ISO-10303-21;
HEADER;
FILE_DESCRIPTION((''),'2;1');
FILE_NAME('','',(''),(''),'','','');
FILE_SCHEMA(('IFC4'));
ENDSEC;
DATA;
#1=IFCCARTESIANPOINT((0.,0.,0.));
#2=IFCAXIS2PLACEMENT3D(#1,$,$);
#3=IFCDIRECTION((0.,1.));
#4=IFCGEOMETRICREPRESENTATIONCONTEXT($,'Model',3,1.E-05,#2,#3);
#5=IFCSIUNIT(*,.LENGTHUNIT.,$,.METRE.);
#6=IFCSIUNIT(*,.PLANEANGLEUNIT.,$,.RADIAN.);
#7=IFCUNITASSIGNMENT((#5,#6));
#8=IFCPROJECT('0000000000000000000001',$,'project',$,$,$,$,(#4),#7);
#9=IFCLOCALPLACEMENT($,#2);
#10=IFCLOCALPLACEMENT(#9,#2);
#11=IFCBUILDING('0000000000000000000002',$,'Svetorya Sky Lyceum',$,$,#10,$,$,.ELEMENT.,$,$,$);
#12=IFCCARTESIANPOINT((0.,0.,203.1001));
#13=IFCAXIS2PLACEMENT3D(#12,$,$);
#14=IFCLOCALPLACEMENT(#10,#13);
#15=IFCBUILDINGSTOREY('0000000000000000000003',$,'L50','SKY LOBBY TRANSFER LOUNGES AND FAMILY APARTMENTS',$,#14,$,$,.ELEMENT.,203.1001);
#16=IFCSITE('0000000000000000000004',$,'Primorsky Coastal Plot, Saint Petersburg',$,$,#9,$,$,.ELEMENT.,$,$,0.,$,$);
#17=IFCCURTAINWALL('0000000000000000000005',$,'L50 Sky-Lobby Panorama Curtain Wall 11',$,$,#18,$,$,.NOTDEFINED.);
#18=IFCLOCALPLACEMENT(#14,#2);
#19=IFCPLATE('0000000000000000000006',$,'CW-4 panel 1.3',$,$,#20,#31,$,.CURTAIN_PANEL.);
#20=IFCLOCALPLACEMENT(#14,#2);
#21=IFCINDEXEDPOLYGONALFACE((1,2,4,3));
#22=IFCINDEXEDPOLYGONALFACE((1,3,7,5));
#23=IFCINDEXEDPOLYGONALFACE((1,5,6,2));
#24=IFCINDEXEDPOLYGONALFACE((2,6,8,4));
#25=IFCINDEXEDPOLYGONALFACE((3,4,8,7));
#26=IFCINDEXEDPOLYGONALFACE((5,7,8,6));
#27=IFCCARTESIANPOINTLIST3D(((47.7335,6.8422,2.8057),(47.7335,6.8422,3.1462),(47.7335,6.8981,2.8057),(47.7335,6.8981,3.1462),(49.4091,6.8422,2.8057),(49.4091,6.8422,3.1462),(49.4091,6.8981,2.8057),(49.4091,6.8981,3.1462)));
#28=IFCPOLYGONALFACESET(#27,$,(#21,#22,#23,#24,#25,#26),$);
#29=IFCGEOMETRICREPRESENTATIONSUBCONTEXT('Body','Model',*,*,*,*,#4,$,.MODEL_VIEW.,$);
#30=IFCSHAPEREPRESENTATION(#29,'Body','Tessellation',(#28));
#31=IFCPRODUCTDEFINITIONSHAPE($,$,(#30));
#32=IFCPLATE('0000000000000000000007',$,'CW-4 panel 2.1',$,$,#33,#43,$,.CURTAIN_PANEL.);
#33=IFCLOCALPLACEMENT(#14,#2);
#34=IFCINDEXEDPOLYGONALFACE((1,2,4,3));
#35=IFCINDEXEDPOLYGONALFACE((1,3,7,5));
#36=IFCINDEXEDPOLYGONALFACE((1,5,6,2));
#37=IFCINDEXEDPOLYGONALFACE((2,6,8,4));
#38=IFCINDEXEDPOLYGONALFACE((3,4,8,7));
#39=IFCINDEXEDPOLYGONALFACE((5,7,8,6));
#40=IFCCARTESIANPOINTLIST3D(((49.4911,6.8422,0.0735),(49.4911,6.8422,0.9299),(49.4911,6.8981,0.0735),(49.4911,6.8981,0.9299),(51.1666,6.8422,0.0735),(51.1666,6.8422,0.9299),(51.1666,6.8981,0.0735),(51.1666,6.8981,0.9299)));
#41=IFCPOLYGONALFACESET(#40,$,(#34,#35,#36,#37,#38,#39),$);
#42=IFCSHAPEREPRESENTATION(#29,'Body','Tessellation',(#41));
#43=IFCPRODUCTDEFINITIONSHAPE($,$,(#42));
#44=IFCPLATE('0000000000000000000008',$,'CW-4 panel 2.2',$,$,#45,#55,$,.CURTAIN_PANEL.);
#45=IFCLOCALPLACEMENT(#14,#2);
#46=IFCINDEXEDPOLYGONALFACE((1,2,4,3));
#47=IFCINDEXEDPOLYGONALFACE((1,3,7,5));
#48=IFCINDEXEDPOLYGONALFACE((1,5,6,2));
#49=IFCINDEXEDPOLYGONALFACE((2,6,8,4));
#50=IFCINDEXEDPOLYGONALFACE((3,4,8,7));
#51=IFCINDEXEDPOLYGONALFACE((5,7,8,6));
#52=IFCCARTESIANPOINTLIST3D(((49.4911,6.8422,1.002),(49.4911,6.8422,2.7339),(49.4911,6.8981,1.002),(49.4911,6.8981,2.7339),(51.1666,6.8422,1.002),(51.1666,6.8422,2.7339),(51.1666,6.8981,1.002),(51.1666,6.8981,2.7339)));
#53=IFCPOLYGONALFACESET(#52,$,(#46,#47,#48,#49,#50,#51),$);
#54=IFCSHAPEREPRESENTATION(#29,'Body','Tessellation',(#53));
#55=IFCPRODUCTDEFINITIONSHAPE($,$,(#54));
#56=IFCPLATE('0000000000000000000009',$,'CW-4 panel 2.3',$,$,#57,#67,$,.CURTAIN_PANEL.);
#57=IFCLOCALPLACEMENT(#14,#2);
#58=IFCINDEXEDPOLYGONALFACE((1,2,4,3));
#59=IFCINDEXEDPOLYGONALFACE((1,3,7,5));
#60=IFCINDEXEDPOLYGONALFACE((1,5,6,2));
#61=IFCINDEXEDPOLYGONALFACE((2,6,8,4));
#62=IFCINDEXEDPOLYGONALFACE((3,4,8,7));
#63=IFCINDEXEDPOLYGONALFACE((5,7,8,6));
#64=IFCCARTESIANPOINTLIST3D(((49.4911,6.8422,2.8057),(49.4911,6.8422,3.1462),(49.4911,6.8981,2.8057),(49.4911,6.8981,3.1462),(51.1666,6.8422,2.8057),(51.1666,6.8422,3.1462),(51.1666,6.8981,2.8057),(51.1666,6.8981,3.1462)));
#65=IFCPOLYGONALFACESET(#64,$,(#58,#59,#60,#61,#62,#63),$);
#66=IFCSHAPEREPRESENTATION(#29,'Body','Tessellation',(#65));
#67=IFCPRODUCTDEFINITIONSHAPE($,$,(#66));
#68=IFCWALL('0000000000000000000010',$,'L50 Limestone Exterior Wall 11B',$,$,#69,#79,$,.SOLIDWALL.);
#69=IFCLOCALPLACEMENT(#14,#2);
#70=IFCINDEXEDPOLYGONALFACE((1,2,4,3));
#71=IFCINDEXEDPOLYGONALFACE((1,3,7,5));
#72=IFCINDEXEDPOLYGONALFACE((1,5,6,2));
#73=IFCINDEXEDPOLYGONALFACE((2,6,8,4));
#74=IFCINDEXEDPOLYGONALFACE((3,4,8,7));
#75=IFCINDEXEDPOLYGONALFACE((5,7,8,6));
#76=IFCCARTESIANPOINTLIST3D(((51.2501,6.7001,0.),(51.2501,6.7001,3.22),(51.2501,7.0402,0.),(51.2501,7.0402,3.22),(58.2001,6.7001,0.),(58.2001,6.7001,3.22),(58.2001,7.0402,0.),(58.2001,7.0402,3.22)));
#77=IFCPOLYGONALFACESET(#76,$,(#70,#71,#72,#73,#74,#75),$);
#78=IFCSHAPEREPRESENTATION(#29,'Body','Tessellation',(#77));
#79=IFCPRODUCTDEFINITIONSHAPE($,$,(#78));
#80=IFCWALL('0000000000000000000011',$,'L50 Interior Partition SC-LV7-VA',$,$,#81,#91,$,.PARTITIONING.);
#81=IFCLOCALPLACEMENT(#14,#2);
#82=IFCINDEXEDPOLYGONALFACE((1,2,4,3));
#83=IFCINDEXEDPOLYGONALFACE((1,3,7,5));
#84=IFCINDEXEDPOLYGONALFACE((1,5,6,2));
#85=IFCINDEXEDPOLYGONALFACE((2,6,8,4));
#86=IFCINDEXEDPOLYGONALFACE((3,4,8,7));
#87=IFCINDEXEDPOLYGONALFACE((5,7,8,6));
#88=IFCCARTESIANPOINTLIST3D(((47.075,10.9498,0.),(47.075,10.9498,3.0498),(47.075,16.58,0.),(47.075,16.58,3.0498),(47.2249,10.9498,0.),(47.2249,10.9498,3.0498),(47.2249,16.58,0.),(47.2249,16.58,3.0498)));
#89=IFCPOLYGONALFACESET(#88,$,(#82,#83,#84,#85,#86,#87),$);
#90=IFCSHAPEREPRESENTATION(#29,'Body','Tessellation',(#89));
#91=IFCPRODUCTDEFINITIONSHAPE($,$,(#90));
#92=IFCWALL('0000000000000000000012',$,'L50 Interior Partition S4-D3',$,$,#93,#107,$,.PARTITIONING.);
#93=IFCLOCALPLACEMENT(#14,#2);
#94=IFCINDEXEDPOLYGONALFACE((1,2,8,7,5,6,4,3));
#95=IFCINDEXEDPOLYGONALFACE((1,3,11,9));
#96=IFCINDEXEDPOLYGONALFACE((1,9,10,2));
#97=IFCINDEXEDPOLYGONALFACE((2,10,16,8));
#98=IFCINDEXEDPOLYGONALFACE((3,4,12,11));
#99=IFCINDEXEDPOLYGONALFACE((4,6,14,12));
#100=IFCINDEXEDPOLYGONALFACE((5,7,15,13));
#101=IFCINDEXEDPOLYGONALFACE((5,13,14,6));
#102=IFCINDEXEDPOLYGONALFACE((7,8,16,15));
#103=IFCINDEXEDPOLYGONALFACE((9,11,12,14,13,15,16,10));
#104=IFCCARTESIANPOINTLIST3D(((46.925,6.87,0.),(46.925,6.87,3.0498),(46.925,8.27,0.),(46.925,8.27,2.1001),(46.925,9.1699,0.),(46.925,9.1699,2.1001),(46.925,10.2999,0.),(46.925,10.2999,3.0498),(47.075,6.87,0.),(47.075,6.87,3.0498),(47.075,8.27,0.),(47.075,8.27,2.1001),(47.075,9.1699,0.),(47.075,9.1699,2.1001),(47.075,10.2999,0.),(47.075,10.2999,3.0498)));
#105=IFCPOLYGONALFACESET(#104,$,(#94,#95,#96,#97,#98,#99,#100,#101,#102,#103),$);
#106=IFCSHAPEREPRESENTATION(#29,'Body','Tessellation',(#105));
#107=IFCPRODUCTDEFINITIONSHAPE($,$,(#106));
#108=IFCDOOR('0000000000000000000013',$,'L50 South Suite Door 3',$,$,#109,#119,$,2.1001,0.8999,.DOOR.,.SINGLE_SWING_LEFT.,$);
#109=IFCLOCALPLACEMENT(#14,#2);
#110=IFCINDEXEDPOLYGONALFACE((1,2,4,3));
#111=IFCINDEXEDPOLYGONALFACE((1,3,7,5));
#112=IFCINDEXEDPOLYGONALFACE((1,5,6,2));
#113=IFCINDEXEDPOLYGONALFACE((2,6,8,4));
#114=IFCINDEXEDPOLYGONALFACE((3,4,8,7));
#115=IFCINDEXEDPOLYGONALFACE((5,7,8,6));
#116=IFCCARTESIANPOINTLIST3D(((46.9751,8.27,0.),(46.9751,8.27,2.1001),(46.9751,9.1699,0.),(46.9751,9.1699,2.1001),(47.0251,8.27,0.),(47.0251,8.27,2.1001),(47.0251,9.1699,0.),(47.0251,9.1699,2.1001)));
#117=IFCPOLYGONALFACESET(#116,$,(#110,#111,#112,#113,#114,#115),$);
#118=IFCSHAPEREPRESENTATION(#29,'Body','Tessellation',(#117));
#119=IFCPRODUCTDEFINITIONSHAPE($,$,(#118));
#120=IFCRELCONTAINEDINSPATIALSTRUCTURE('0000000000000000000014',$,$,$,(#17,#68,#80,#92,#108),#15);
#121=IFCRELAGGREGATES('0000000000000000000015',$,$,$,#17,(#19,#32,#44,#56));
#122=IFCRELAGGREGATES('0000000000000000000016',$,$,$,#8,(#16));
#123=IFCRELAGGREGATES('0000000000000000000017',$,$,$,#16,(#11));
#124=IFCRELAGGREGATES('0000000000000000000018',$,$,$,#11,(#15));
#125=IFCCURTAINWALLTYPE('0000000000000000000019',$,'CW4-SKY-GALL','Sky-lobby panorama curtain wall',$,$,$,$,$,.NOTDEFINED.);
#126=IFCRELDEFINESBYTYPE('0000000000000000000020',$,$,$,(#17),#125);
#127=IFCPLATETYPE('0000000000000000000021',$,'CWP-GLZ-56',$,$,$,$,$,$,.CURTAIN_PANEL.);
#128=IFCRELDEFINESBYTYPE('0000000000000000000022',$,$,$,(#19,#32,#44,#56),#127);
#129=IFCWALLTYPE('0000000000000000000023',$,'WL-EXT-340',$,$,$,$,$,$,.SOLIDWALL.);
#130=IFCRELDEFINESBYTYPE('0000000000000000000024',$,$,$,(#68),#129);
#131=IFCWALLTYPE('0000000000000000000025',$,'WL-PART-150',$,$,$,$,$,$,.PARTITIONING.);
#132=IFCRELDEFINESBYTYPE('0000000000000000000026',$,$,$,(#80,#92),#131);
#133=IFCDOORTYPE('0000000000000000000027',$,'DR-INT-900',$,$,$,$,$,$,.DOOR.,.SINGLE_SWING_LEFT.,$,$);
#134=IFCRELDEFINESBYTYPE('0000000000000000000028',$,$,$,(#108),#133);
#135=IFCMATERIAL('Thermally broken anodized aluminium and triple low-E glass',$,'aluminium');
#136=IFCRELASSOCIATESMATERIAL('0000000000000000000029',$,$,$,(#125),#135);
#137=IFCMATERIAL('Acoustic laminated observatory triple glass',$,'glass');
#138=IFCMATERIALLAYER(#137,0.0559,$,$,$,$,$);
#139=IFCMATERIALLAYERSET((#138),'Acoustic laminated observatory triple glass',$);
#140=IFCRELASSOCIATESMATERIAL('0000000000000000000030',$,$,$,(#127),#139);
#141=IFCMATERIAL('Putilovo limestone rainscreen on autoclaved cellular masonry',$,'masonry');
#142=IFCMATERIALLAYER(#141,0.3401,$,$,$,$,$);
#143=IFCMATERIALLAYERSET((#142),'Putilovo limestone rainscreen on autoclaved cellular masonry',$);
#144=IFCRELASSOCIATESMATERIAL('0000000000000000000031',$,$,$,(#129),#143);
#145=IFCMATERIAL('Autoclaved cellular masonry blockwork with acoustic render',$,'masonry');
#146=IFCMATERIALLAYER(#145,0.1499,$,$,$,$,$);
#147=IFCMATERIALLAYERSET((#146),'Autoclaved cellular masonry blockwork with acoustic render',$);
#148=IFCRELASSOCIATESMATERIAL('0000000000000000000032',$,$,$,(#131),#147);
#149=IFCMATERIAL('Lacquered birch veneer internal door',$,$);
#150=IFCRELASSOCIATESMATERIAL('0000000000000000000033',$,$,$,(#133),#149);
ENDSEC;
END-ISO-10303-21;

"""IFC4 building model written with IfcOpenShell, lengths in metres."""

from ifc_helpers import new_model, si_unit, direction, frame, frame_2d, origin, origin_2d, place, context, subcontext, project, spatial, rectangle, extrude, material, layer, layer_set, type_object, element, fill, aggregate, save


model = new_model("IFC4")

# Units and contexts
model_context = context("Model", 3, precision=1e-05, world=origin(), true_north=direction((0.0, 1.0)))
body_context = subcontext(model_context, "Body", "Model", "MODEL_VIEW")
ifc_project = project(units=[si_unit("LENGTHUNIT", "METRE"), si_unit("PLANEANGLEUNIT", "RADIAN")], contexts=[model_context])

# Site, building, storey
site_placement = place(None, origin())
site = spatial("IfcSite", under=ifc_project, at=site_placement, Name="Primorsky Coastal Plot, Saint Petersburg", CompositionType="ELEMENT", RefElevation=0.0)
building_placement = place(site_placement, origin())
building = spatial("IfcBuilding", under=site, at=building_placement, Name="Svetorya Sky Lyceum", CompositionType="ELEMENT")
storey_placement = place(building_placement, frame((0.0, 0.0, 203.1001)))
storey = spatial("IfcBuildingStorey", under=building, at=storey_placement, Name="L50", Description="SKY LOBBY TRANSFER LOUNGES AND FAMILY APARTMENTS", CompositionType="ELEMENT", Elevation=203.1001)

# Curtain wall, plates
ifc_material_1 = material(Name="Thermally broken anodized aluminium and triple low-E glass", Category="aluminium")
curtain_wall_type = type_object("IfcCurtainWallType", Name="CW4-SKY-GALL", Description="Sky-lobby panorama curtain wall", PredefinedType="NOTDEFINED", material=ifc_material_1)
curtain_wall_placement = place(storey_placement, origin())
curtain_wall = element("IfcCurtainWall", 1, at=curtain_wall_placement, inside=storey, type_object=curtain_wall_type, Name="L50 Sky-Lobby Panorama Curtain Wall 11", PredefinedType="NOTDEFINED")
ifc_material_2 = material(Name="Acoustic laminated observatory triple glass", Category="glass")
ifc_layer_1 = layer(ifc_material_2, 0.0559)
ifc_layer_set_1 = layer_set([ifc_layer_1], Name="Acoustic laminated observatory triple glass")
plate_type = type_object("IfcPlateType", Name="CWP-GLZ-56", PredefinedType="CURTAIN_PANEL", material=ifc_layer_set_1)
plate_1_placement = place(storey_placement, frame((48.5713, 6.8701, 2.8057), z_axis=(0.0, 0.0, 1.0), x_axis=(1.0, 0.0, 0.0)))
plate_1 = element("IfcPlate", 2, at=plate_1_placement, type_object=plate_type, Name="CW-4 panel 1.3", PredefinedType="CURTAIN_PANEL", context=body_context, shape_type="SweptSolid", body=[
    extrude(rectangle(XDim=1.6755, YDim=0.0559, at=origin_2d()), origin(), (0.0, 0.0, 1.0), 0.3406),
])
plate_2_placement = place(storey_placement, frame((50.3289, 6.8701, 0.0735), z_axis=(0.0, 0.0, 1.0), x_axis=(1.0, 0.0, 0.0)))
plate_2 = element("IfcPlate", 3, at=plate_2_placement, type_object=plate_type, Name="CW-4 panel 2.1", PredefinedType="CURTAIN_PANEL", context=body_context, shape_type="SweptSolid", body=[
    extrude(rectangle(XDim=1.6755, YDim=0.0559, at=origin_2d()), origin(), (0.0, 0.0, 1.0), 0.8564),
])
plate_3_placement = place(storey_placement, frame((50.3289, 6.8701, 1.002), z_axis=(0.0, 0.0, 1.0), x_axis=(1.0, 0.0, 0.0)))
plate_3 = element("IfcPlate", 4, at=plate_3_placement, type_object=plate_type, Name="CW-4 panel 2.2", PredefinedType="CURTAIN_PANEL", context=body_context, shape_type="SweptSolid", body=[
    extrude(rectangle(XDim=1.6755, YDim=0.0559, at=origin_2d()), origin(), (0.0, 0.0, 1.0), 1.7319),
])
plate_4_placement = place(storey_placement, frame((50.3289, 6.8701, 2.8057), z_axis=(0.0, 0.0, 1.0), x_axis=(1.0, 0.0, 0.0)))
plate_4 = element("IfcPlate", 5, at=plate_4_placement, type_object=plate_type, Name="CW-4 panel 2.3", PredefinedType="CURTAIN_PANEL", context=body_context, shape_type="SweptSolid", body=[
    extrude(rectangle(XDim=1.6755, YDim=0.0559, at=origin_2d()), origin(), (0.0, 0.0, 1.0), 0.3406),
])
aggregate(curtain_wall, [plate_1, plate_2, plate_3, plate_4])

# Walls
ifc_material_3 = material(Name="Putilovo limestone rainscreen on autoclaved cellular masonry", Category="masonry")
ifc_layer_2 = layer(ifc_material_3, 0.3401)
ifc_layer_set_2 = layer_set([ifc_layer_2], Name="Putilovo limestone rainscreen on autoclaved cellular masonry")
wall_type_1 = type_object("IfcWallType", Name="WL-EXT-340", PredefinedType="SOLIDWALL", material=ifc_layer_set_2)
wall_1_placement = place(storey_placement, frame((51.25, 6.8701, 0.0), z_axis=(0.0, 0.0, 1.0), x_axis=(1.0, 0.0, 0.0)))
element("IfcWall", 6, at=wall_1_placement, inside=storey, type_object=wall_type_1, Name="L50 Limestone Exterior Wall 11B", PredefinedType="SOLIDWALL", context=body_context, shape_type="SweptSolid", body=[
    extrude(rectangle(XDim=6.95, YDim=0.3401, at=frame_2d((3.4751, 0.0))), origin(), (0.0, 0.0, 1.0), 3.22),
])
ifc_material_4 = material(Name="Autoclaved cellular masonry blockwork with acoustic render", Category="masonry")
ifc_layer_3 = layer(ifc_material_4, 0.1499)
ifc_layer_set_3 = layer_set([ifc_layer_3], Name="Autoclaved cellular masonry blockwork with acoustic render")
wall_type_2 = type_object("IfcWallType", Name="WL-PART-150", PredefinedType="PARTITIONING", material=ifc_layer_set_3)
wall_2_placement = place(storey_placement, frame((47.1499, 10.95, 0.0), z_axis=(0.0, 0.0, 1.0), x_axis=(0.0, 1.0, 0.0)))
element("IfcWall", 7, at=wall_2_placement, inside=storey, type_object=wall_type_2, Name="L50 Interior Partition SC-LV7-VA", PredefinedType="PARTITIONING", context=body_context, shape_type="SweptSolid", body=[
    extrude(rectangle(XDim=5.6301, YDim=0.1499, at=frame_2d((2.8149, 0.0))), origin(), (0.0, 0.0, 1.0), 3.0498),
])

# Wall, opening, door
wall_3_placement = place(storey_placement, frame((47.0, 6.8701, 0.0), z_axis=(0.0, 0.0, 1.0), x_axis=(0.0, 1.0, 0.0)))
wall_3 = element("IfcWall", 8, at=wall_3_placement, inside=storey, type_object=wall_type_2, Name="L50 Interior Partition S4-D3", PredefinedType="PARTITIONING", context=body_context, shape_type="SweptSolid", body=[
    extrude(rectangle(XDim=3.4299, YDim=0.1499, at=frame_2d((1.7148, 0.0))), origin(), (0.0, 0.0, 1.0), 3.0498),
])
opening_placement = place(wall_3_placement, frame((1.3999, 0.0, 0.0)))
opening = element("IfcOpeningElement", 9, at=opening_placement, cuts=wall_3, PredefinedType="OPENING", context=body_context, shape_type="SweptSolid", body=[
    extrude(rectangle(XDim=0.8999, YDim=2.1001, at=frame_2d((0.45, 1.05))), frame((0.0, 0.085, 0.0), z_axis=(0.0, -1.0, 0.0), x_axis=(1.0, 0.0, 0.0)), (0.0, 0.0, 1.0), 0.1699),
])
ifc_material_5 = material(Name="Lacquered birch veneer internal door")
door_type = type_object("IfcDoorType", Name="DR-INT-900", OperationType="SINGLE_SWING_LEFT", PredefinedType="DOOR", material=ifc_material_5)
door_placement = place(opening_placement, origin())
door = element("IfcDoor", 10, at=door_placement, inside=storey, type_object=door_type, Name="L50 South Suite Door 3", OperationType="SINGLE_SWING_LEFT", OverallHeight=2.1001, OverallWidth=0.8999, PredefinedType="DOOR", context=body_context, shape_type="SweptSolid", body=[
    extrude(rectangle(XDim=0.8999, YDim=2.1001, at=frame_2d((0.45, 1.05))), frame((0.0, 0.0249, 0.0), z_axis=(0.0, -1.0, 0.0), x_axis=(1.0, 0.0, 0.0)), (0.0, 0.0, 1.0), 0.05),
])
fill(opening, door)

save(model, "model.ifc")
